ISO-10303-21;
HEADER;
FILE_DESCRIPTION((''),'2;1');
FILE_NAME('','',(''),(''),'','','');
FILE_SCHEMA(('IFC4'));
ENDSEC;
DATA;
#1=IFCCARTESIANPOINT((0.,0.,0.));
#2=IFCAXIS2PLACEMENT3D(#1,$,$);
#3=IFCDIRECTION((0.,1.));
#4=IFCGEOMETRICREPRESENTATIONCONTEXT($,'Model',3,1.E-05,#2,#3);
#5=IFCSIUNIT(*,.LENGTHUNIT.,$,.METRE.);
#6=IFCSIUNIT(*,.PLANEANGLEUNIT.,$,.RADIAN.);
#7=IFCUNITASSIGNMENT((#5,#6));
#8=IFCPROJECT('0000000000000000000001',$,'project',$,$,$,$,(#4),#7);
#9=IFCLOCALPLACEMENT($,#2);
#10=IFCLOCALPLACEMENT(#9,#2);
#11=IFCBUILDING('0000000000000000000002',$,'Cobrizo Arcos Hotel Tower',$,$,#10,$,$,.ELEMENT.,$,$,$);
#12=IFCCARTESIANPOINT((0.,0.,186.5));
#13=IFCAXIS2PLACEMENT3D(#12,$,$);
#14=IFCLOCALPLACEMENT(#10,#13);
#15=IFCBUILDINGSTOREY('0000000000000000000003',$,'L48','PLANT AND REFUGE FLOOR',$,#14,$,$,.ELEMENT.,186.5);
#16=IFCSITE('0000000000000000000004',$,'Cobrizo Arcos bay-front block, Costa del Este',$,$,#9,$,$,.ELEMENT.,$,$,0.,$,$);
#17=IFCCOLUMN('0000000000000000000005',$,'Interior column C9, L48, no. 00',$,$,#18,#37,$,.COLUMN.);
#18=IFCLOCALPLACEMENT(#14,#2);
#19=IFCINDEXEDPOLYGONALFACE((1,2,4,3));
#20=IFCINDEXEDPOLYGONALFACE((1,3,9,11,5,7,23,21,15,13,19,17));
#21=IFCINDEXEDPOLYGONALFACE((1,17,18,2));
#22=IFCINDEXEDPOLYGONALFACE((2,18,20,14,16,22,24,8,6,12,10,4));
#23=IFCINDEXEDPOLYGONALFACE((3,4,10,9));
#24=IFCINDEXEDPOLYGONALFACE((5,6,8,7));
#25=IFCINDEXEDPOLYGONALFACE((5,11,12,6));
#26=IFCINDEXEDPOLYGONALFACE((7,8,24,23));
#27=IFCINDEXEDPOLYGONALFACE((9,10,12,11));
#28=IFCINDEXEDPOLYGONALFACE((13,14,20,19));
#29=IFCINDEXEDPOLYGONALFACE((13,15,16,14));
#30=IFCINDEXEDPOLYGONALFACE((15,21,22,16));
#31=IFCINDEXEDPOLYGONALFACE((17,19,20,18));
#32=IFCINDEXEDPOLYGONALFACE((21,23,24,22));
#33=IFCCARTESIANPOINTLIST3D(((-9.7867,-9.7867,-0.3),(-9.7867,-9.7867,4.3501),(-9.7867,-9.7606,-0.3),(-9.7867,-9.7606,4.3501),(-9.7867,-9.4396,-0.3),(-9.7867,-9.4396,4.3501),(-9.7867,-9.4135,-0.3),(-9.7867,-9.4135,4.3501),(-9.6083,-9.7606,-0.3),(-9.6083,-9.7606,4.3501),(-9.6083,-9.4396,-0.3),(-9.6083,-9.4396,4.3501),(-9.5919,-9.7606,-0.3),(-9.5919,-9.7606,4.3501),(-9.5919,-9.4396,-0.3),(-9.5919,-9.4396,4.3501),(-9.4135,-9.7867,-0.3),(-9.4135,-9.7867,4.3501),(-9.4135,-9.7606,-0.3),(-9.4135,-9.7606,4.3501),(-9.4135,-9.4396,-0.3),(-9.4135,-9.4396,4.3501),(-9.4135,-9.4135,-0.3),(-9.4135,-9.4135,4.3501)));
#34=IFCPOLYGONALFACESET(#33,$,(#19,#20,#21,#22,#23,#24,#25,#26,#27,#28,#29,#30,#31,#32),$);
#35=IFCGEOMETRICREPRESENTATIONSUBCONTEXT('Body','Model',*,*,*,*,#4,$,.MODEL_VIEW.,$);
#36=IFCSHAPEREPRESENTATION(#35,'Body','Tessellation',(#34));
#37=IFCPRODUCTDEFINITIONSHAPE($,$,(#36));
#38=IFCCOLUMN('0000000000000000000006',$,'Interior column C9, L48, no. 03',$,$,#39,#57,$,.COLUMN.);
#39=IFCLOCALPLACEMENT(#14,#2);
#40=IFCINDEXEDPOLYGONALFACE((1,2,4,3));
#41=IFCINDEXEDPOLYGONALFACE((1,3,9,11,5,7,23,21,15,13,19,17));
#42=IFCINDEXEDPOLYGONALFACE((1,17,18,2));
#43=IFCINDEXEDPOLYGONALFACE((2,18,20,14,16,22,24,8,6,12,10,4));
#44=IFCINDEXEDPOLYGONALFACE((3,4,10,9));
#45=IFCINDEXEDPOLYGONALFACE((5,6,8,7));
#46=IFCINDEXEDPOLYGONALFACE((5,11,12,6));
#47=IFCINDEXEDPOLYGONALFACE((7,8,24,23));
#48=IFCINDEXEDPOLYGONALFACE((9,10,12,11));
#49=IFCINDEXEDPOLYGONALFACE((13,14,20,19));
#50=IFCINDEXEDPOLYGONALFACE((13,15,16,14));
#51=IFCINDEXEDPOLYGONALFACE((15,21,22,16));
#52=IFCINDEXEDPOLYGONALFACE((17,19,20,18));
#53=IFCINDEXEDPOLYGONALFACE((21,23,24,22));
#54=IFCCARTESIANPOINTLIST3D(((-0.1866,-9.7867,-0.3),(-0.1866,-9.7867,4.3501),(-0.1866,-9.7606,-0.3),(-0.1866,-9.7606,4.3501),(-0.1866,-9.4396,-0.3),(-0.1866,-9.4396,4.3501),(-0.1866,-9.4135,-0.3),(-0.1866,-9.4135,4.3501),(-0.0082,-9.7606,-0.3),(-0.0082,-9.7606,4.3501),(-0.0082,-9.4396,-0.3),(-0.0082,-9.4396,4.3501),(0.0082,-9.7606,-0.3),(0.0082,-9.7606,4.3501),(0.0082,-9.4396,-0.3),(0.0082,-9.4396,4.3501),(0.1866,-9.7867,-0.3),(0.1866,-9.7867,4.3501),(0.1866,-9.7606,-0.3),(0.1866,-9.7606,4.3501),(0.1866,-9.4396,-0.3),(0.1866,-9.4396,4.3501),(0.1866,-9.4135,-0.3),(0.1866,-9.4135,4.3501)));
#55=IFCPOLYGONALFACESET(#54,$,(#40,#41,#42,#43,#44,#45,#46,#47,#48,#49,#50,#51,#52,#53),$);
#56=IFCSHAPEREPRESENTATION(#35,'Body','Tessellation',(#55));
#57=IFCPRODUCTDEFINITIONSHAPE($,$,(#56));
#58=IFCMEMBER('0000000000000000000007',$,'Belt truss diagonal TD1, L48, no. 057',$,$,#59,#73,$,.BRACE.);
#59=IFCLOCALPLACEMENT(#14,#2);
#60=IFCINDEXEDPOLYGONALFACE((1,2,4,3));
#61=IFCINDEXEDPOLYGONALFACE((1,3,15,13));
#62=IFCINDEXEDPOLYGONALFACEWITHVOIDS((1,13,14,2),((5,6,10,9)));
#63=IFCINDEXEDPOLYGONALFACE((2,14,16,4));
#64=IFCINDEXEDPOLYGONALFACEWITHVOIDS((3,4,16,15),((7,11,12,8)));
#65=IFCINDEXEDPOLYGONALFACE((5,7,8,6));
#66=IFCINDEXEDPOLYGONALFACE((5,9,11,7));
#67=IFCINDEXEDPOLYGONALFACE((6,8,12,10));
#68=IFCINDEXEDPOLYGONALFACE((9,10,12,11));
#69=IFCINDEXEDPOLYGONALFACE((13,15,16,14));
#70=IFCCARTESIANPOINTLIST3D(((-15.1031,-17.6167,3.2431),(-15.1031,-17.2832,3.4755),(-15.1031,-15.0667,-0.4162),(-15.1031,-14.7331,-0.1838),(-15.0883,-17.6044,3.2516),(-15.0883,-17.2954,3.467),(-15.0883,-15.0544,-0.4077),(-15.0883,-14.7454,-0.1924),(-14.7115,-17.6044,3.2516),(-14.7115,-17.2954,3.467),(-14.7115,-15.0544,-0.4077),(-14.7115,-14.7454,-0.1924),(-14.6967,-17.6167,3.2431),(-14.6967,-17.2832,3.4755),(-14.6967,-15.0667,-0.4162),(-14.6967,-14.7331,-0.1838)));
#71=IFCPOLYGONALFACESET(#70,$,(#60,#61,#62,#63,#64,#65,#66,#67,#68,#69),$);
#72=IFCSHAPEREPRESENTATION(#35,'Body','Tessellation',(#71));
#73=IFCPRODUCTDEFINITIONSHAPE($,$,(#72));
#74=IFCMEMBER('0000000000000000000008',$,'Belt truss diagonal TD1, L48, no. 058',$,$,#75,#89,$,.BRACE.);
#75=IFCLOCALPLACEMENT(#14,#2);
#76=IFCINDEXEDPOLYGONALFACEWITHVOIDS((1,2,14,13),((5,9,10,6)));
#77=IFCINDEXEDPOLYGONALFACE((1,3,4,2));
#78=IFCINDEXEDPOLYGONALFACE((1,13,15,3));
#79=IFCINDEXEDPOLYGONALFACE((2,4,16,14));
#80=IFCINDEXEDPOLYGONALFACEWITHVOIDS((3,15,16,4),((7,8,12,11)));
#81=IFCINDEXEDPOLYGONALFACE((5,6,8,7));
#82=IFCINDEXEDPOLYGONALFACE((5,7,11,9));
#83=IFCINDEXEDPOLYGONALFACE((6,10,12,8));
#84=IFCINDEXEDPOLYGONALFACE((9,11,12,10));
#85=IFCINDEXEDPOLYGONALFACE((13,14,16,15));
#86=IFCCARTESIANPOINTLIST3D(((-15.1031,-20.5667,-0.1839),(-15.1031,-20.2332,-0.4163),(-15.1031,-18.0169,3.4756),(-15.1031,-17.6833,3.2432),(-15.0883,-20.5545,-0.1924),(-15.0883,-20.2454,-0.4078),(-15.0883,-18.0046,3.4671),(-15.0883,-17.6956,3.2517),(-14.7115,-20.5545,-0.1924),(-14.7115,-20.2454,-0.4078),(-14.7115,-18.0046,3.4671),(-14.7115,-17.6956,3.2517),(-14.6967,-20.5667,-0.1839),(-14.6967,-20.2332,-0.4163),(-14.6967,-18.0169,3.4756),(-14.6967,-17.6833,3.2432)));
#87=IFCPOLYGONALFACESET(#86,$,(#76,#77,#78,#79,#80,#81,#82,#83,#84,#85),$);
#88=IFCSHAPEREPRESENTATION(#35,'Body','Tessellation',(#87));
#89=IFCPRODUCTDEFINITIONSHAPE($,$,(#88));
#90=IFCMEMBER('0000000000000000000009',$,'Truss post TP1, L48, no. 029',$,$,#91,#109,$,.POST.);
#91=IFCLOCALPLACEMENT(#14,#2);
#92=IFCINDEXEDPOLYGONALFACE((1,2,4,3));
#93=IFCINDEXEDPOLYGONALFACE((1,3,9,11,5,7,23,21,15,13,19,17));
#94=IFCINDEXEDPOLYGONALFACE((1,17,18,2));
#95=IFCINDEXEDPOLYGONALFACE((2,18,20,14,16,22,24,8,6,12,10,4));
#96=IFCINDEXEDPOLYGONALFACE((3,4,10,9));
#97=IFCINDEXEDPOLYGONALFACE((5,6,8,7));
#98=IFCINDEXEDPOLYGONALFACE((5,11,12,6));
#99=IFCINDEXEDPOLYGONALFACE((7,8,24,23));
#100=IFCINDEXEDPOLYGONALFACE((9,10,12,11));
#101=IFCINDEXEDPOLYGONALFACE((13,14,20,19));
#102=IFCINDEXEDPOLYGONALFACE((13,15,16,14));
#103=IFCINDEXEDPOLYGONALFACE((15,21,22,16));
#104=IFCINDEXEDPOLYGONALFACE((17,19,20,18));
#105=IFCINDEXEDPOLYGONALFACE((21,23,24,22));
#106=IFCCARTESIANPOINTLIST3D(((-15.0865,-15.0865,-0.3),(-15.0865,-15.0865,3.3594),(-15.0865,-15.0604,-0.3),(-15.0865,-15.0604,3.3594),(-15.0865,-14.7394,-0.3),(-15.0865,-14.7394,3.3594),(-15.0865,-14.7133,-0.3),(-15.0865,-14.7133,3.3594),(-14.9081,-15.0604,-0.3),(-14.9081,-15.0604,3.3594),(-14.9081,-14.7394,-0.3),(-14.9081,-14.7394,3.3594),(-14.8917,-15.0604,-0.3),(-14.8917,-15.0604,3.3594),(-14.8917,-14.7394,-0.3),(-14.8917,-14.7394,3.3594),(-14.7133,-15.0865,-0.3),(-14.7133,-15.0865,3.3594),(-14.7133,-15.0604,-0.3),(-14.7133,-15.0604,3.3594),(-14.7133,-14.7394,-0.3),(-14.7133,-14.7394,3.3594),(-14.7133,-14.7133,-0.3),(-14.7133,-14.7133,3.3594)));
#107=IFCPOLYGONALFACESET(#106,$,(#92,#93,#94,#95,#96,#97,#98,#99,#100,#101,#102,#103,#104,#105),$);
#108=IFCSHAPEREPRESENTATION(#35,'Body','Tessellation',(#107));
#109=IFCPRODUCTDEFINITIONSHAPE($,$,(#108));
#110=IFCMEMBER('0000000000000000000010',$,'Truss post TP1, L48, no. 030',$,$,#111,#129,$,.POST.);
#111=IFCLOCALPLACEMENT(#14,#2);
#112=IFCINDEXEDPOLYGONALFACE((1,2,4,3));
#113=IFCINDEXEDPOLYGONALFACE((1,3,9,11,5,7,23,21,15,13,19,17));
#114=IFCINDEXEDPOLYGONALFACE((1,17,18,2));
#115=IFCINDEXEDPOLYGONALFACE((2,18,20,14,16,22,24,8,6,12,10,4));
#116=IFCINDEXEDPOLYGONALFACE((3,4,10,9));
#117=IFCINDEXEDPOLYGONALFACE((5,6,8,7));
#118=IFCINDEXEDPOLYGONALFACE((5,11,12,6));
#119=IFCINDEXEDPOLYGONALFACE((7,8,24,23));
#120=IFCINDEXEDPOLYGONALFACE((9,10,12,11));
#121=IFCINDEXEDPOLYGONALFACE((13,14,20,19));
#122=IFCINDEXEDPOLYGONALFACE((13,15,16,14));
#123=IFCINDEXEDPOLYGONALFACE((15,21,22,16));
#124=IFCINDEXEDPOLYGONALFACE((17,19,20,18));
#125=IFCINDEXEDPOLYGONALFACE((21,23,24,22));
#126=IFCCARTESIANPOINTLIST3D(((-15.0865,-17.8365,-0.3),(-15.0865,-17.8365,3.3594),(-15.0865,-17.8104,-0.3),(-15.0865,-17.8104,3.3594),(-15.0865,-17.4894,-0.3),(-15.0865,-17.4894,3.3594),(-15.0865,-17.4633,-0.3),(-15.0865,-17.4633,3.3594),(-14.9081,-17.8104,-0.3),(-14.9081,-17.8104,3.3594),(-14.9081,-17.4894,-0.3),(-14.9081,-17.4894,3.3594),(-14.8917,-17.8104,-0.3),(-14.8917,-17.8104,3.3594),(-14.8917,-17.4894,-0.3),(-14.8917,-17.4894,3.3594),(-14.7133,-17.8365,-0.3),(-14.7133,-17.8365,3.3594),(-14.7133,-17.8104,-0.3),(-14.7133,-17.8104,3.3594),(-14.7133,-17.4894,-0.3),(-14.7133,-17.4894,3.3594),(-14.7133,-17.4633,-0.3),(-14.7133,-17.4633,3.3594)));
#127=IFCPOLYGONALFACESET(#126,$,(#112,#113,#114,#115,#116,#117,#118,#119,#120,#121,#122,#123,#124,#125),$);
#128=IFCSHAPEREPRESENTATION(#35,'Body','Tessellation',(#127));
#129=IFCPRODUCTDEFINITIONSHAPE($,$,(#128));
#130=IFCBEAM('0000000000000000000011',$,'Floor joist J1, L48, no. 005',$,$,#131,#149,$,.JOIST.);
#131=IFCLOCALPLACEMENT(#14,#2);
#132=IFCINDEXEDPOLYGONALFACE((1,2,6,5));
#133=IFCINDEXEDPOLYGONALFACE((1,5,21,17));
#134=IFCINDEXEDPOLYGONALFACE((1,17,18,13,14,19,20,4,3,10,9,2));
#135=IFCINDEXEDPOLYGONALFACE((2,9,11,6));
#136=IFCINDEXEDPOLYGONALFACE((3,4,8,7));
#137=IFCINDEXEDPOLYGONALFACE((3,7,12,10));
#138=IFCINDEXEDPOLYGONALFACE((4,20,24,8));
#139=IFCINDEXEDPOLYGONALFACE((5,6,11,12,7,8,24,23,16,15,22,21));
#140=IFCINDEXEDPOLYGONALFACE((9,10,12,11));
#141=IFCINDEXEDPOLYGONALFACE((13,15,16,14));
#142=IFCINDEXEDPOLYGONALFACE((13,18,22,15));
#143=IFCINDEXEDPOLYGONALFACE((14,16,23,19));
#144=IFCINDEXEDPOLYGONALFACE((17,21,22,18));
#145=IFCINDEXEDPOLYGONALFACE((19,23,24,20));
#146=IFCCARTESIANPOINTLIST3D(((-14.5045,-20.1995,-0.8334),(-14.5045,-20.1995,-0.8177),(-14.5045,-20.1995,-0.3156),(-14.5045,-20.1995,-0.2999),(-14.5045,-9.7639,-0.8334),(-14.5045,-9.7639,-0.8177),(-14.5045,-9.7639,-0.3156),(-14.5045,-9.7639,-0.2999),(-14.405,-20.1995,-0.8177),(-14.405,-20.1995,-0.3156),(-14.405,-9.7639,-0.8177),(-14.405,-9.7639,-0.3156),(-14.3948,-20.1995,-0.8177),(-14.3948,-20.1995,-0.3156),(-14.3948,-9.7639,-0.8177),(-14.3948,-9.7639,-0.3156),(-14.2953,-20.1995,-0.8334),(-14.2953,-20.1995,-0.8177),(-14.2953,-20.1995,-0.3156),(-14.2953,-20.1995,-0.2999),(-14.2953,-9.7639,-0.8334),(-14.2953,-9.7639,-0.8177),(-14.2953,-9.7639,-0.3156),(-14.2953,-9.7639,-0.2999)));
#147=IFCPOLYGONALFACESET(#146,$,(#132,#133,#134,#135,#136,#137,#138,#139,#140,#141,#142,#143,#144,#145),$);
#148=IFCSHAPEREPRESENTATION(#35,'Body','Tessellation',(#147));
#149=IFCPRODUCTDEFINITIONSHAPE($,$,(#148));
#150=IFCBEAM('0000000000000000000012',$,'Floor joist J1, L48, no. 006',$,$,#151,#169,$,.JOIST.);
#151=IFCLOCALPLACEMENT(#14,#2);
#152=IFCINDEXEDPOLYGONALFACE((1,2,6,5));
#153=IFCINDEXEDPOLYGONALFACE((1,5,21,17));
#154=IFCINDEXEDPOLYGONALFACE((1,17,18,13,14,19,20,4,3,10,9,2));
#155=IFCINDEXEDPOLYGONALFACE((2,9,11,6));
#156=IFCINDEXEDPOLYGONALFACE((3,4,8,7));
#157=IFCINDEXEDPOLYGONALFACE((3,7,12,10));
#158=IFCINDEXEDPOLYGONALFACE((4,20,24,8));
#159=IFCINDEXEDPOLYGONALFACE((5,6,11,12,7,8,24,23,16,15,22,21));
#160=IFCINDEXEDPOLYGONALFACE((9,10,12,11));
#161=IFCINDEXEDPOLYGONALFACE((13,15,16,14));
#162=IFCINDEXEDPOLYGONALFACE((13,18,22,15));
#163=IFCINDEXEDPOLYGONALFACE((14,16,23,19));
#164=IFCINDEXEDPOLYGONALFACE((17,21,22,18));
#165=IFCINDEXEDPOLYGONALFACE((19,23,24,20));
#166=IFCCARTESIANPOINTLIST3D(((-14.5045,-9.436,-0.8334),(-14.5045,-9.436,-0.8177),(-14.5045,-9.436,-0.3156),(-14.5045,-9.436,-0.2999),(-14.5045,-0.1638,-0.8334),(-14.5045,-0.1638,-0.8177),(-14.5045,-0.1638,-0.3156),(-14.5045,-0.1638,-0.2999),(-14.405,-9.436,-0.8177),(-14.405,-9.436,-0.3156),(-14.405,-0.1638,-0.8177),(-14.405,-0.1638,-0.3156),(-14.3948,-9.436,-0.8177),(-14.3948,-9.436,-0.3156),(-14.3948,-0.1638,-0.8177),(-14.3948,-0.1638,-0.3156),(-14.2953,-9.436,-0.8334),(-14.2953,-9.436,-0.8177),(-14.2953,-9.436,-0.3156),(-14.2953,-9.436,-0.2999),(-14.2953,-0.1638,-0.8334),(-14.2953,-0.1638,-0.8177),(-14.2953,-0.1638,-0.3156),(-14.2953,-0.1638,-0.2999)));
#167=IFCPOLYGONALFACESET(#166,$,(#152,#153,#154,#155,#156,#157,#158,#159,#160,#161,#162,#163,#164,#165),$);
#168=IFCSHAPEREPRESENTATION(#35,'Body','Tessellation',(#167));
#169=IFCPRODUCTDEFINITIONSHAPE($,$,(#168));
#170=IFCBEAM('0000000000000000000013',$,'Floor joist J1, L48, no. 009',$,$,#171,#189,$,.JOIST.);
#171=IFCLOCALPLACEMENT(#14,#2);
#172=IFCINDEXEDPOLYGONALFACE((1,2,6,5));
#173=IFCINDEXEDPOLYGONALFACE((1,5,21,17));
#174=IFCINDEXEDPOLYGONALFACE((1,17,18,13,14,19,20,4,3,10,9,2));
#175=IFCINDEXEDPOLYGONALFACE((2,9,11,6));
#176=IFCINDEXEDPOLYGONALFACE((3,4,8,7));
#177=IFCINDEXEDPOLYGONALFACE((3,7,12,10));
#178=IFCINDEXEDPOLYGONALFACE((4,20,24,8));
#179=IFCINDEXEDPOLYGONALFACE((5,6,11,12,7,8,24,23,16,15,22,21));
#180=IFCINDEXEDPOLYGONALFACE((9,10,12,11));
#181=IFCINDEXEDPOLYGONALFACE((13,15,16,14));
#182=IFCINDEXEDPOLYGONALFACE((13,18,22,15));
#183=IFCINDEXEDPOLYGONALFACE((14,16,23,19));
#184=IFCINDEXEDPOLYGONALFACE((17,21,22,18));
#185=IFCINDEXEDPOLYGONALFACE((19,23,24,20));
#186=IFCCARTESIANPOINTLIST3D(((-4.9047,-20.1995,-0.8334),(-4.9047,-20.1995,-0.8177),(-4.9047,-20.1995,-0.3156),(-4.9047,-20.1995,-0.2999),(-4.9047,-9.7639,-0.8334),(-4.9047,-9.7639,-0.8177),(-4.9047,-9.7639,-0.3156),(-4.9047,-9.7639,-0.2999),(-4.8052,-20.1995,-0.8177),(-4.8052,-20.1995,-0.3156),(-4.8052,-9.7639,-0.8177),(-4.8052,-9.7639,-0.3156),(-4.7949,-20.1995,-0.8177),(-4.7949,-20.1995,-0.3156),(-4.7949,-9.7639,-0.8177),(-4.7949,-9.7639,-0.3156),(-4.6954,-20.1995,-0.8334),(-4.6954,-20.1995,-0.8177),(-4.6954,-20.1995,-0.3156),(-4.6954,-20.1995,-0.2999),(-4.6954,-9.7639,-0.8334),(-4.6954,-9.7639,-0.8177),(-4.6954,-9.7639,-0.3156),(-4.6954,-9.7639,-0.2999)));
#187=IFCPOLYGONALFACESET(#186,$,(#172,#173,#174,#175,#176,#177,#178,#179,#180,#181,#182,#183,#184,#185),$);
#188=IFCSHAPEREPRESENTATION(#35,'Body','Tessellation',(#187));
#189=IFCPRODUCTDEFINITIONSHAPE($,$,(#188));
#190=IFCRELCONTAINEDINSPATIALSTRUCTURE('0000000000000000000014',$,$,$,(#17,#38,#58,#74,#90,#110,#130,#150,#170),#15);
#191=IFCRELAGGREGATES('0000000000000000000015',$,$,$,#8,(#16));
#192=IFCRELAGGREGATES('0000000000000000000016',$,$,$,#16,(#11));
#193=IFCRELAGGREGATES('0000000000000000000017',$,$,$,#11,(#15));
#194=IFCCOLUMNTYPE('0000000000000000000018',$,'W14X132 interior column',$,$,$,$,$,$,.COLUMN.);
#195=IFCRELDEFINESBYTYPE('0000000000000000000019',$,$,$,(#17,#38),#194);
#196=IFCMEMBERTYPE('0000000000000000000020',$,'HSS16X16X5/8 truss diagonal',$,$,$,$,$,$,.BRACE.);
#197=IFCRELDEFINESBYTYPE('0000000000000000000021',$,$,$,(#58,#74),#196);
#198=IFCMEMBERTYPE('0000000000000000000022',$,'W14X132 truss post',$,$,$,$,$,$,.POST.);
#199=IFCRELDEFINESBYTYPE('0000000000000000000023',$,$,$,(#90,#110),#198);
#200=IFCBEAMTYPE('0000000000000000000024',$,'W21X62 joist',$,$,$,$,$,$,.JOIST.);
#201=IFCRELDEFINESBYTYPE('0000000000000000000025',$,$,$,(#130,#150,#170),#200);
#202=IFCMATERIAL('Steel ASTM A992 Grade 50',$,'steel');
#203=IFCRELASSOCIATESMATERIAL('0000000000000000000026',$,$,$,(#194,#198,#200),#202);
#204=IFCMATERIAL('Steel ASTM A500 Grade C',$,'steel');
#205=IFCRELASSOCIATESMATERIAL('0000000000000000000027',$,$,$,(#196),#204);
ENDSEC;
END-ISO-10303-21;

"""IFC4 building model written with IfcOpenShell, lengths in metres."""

from ifc_helpers import new_model, si_unit, direction, frame, origin, origin_2d, place, context, subcontext, project, spatial, hollow_rectangle, i_section, extrude, material, material_profile, profile_set, type_object, element, save


model = new_model("IFC4")

# Units and contexts
model_context = context("Model", 3, precision=1e-05, world=origin(), true_north=direction((0.0, 1.0)))
body_context = subcontext(model_context, "Body", "Model", "MODEL_VIEW")
ifc_project = project(units=[si_unit("LENGTHUNIT", "METRE"), si_unit("PLANEANGLEUNIT", "RADIAN")], contexts=[model_context])

# Site, building, storey
site_placement = place(None, origin())
site = spatial("IfcSite", under=ifc_project, at=site_placement, Name="Cobrizo Arcos bay-front block, Costa del Este", CompositionType="ELEMENT", RefElevation=0.0)
building_placement = place(site_placement, origin())
building = spatial("IfcBuilding", under=site, at=building_placement, Name="Cobrizo Arcos Hotel Tower", CompositionType="ELEMENT")
storey_placement = place(building_placement, frame((0.0, 0.0, 186.5)))
storey = spatial("IfcBuildingStorey", under=building, at=storey_placement, Name="L48", Description="PLANT AND REFUGE FLOOR", CompositionType="ELEMENT", Elevation=186.5)

# Columns
ifc_material_1 = material(Name="Steel ASTM A992 Grade 50", Category="steel")
ifc_material_profile_1 = material_profile(ifc_material_1, i_section(OverallWidth=0.3733, OverallDepth=0.3733, WebThickness=0.0164, FlangeThickness=0.0261, at=origin_2d()), Name="W14X132")
ifc_profile_set_1 = profile_set([ifc_material_profile_1], Name="Steel ASTM A992 Grade 50")
column_type = type_object("IfcColumnType", Name="W14X132 interior column", PredefinedType="COLUMN", material=ifc_profile_set_1)
for number, where, z_axis, x_axis, name in (
    (1, (-9.6001, -9.6001, -0.3), (0.0, 0.0, 1.0), (1.0, 0.0, 0.0), "Interior column C9, L48, no. 00"),
    (2, (0.0, -9.6001, -0.3), (0.0, 0.0, 1.0), (1.0, 0.0, 0.0), "Interior column C9, L48, no. 03"),
):
    element("IfcColumn", number, at=place(storey_placement, frame(where, z_axis=z_axis, x_axis=x_axis)), inside=storey, type_object=column_type, Name=name, PredefinedType="COLUMN", context=body_context, shape_type="SweptSolid", body=[
        extrude(i_section(OverallWidth=0.3733, OverallDepth=0.3733, WebThickness=0.0164, FlangeThickness=0.0261, at=origin_2d()), origin(), (0.0, 0.0, 1.0), 4.6501),
    ])

# Members
ifc_material_2 = material(Name="Steel ASTM A500 Grade C", Category="steel")
ifc_material_profile_2 = material_profile(ifc_material_2, hollow_rectangle(XDim=0.4065, YDim=0.4065, WallThickness=0.0149, at=origin_2d()), Name="HSS16X16X5/8")
ifc_profile_set_2 = profile_set([ifc_material_profile_2], Name="Steel ASTM A500 Grade C")
member_type_1 = type_object("IfcMemberType", Name="HSS16X16X5/8 truss diagonal", PredefinedType="BRACE", material=ifc_profile_set_2)
for number, where, z_axis, x_axis, name in (
    (3, (-14.8999, -14.8999, -0.3), (0.0, -0.571723, 0.820446), (1.0, 0.0, 0.0), "Belt truss diagonal TD1, L48, no. 057"),
    (4, (-14.8999, -17.8501, 3.3594), (0.0, -0.571687, -0.820472), (1.0, 0.0, 0.0), "Belt truss diagonal TD1, L48, no. 058"),
):
    element("IfcMember", number, at=place(storey_placement, frame(where, z_axis=z_axis, x_axis=x_axis)), inside=storey, type_object=member_type_1, Name=name, PredefinedType="BRACE", context=body_context, shape_type="SweptSolid", body=[
        extrude(hollow_rectangle(XDim=0.4065, YDim=0.4065, WallThickness=0.0149, at=origin_2d()), origin(), (0.0, 0.0, 1.0), 4.4602),
    ])
ifc_material_profile_3 = material_profile(ifc_material_1, i_section(OverallWidth=0.3733, OverallDepth=0.3733, WebThickness=0.0164, FlangeThickness=0.0261, at=origin_2d()), Name="W14X132")
ifc_profile_set_3 = profile_set([ifc_material_profile_3], Name="Steel ASTM A992 Grade 50")
member_type_2 = type_object("IfcMemberType", Name="W14X132 truss post", PredefinedType="POST", material=ifc_profile_set_3)
for number, where, z_axis, x_axis, name in (
    (5, (-14.8999, -14.8999, -0.3), (0.0, 0.0, 1.0), (1.0, 0.0, 0.0), "Truss post TP1, L48, no. 029"),
    (6, (-14.8999, -17.6499, -0.3), (0.0, 0.0, 1.0), (1.0, 0.0, 0.0), "Truss post TP1, L48, no. 030"),
):
    element("IfcMember", number, at=place(storey_placement, frame(where, z_axis=z_axis, x_axis=x_axis)), inside=storey, type_object=member_type_2, Name=name, PredefinedType="POST", context=body_context, shape_type="SweptSolid", body=[
        extrude(i_section(OverallWidth=0.3733, OverallDepth=0.3733, WebThickness=0.0164, FlangeThickness=0.0261, at=origin_2d()), origin(), (0.0, 0.0, 1.0), 3.6594),
    ])

# Beams
ifc_material_profile_4 = material_profile(ifc_material_1, i_section(OverallWidth=0.2092, OverallDepth=0.5334, WebThickness=0.0103, FlangeThickness=0.0156, at=origin_2d()), Name="W21X62")
ifc_profile_set_4 = profile_set([ifc_material_profile_4], Name="Steel ASTM A992 Grade 50")
beam_type_1 = type_object("IfcBeamType", Name="W21X62 joist", PredefinedType="JOIST", material=ifc_profile_set_4)
beam_1_placement = place(storey_placement, frame((-14.3999, -20.1995, -0.5667), z_axis=(0.0, 1.0, 0.0), x_axis=(-1.0, 0.0, 0.0)))
element("IfcBeam", 7, at=beam_1_placement, inside=storey, type_object=beam_type_1, Name="Floor joist J1, L48, no. 005", PredefinedType="JOIST", context=body_context, shape_type="SweptSolid", body=[
    extrude(i_section(OverallWidth=0.2092, OverallDepth=0.5334, WebThickness=0.0103, FlangeThickness=0.0156, at=origin_2d()), origin(), (0.0, 0.0, 1.0), 10.4355),
])
beam_2_placement = place(storey_placement, frame((-14.3999, -9.436, -0.5667), z_axis=(0.0, 1.0, 0.0), x_axis=(-1.0, 0.0, 0.0)))
element("IfcBeam", 8, at=beam_2_placement, inside=storey, type_object=beam_type_1, Name="Floor joist J1, L48, no. 006", PredefinedType="JOIST", context=body_context, shape_type="SweptSolid", body=[
    extrude(i_section(OverallWidth=0.2092, OverallDepth=0.5334, WebThickness=0.0103, FlangeThickness=0.0156, at=origin_2d()), origin(), (0.0, 0.0, 1.0), 9.2722),
])
beam_3_placement = place(storey_placement, frame((-4.8, -20.1995, -0.5667), z_axis=(0.0, 1.0, 0.0), x_axis=(-1.0, 0.0, 0.0)))
element("IfcBeam", 9, at=beam_3_placement, inside=storey, type_object=beam_type_1, Name="Floor joist J1, L48, no. 009", PredefinedType="JOIST", context=body_context, shape_type="SweptSolid", body=[
    extrude(i_section(OverallWidth=0.2092, OverallDepth=0.5334, WebThickness=0.0103, FlangeThickness=0.0156, at=origin_2d()), origin(), (0.0, 0.0, 1.0), 10.4355),
])

save(model, "model.ifc")
